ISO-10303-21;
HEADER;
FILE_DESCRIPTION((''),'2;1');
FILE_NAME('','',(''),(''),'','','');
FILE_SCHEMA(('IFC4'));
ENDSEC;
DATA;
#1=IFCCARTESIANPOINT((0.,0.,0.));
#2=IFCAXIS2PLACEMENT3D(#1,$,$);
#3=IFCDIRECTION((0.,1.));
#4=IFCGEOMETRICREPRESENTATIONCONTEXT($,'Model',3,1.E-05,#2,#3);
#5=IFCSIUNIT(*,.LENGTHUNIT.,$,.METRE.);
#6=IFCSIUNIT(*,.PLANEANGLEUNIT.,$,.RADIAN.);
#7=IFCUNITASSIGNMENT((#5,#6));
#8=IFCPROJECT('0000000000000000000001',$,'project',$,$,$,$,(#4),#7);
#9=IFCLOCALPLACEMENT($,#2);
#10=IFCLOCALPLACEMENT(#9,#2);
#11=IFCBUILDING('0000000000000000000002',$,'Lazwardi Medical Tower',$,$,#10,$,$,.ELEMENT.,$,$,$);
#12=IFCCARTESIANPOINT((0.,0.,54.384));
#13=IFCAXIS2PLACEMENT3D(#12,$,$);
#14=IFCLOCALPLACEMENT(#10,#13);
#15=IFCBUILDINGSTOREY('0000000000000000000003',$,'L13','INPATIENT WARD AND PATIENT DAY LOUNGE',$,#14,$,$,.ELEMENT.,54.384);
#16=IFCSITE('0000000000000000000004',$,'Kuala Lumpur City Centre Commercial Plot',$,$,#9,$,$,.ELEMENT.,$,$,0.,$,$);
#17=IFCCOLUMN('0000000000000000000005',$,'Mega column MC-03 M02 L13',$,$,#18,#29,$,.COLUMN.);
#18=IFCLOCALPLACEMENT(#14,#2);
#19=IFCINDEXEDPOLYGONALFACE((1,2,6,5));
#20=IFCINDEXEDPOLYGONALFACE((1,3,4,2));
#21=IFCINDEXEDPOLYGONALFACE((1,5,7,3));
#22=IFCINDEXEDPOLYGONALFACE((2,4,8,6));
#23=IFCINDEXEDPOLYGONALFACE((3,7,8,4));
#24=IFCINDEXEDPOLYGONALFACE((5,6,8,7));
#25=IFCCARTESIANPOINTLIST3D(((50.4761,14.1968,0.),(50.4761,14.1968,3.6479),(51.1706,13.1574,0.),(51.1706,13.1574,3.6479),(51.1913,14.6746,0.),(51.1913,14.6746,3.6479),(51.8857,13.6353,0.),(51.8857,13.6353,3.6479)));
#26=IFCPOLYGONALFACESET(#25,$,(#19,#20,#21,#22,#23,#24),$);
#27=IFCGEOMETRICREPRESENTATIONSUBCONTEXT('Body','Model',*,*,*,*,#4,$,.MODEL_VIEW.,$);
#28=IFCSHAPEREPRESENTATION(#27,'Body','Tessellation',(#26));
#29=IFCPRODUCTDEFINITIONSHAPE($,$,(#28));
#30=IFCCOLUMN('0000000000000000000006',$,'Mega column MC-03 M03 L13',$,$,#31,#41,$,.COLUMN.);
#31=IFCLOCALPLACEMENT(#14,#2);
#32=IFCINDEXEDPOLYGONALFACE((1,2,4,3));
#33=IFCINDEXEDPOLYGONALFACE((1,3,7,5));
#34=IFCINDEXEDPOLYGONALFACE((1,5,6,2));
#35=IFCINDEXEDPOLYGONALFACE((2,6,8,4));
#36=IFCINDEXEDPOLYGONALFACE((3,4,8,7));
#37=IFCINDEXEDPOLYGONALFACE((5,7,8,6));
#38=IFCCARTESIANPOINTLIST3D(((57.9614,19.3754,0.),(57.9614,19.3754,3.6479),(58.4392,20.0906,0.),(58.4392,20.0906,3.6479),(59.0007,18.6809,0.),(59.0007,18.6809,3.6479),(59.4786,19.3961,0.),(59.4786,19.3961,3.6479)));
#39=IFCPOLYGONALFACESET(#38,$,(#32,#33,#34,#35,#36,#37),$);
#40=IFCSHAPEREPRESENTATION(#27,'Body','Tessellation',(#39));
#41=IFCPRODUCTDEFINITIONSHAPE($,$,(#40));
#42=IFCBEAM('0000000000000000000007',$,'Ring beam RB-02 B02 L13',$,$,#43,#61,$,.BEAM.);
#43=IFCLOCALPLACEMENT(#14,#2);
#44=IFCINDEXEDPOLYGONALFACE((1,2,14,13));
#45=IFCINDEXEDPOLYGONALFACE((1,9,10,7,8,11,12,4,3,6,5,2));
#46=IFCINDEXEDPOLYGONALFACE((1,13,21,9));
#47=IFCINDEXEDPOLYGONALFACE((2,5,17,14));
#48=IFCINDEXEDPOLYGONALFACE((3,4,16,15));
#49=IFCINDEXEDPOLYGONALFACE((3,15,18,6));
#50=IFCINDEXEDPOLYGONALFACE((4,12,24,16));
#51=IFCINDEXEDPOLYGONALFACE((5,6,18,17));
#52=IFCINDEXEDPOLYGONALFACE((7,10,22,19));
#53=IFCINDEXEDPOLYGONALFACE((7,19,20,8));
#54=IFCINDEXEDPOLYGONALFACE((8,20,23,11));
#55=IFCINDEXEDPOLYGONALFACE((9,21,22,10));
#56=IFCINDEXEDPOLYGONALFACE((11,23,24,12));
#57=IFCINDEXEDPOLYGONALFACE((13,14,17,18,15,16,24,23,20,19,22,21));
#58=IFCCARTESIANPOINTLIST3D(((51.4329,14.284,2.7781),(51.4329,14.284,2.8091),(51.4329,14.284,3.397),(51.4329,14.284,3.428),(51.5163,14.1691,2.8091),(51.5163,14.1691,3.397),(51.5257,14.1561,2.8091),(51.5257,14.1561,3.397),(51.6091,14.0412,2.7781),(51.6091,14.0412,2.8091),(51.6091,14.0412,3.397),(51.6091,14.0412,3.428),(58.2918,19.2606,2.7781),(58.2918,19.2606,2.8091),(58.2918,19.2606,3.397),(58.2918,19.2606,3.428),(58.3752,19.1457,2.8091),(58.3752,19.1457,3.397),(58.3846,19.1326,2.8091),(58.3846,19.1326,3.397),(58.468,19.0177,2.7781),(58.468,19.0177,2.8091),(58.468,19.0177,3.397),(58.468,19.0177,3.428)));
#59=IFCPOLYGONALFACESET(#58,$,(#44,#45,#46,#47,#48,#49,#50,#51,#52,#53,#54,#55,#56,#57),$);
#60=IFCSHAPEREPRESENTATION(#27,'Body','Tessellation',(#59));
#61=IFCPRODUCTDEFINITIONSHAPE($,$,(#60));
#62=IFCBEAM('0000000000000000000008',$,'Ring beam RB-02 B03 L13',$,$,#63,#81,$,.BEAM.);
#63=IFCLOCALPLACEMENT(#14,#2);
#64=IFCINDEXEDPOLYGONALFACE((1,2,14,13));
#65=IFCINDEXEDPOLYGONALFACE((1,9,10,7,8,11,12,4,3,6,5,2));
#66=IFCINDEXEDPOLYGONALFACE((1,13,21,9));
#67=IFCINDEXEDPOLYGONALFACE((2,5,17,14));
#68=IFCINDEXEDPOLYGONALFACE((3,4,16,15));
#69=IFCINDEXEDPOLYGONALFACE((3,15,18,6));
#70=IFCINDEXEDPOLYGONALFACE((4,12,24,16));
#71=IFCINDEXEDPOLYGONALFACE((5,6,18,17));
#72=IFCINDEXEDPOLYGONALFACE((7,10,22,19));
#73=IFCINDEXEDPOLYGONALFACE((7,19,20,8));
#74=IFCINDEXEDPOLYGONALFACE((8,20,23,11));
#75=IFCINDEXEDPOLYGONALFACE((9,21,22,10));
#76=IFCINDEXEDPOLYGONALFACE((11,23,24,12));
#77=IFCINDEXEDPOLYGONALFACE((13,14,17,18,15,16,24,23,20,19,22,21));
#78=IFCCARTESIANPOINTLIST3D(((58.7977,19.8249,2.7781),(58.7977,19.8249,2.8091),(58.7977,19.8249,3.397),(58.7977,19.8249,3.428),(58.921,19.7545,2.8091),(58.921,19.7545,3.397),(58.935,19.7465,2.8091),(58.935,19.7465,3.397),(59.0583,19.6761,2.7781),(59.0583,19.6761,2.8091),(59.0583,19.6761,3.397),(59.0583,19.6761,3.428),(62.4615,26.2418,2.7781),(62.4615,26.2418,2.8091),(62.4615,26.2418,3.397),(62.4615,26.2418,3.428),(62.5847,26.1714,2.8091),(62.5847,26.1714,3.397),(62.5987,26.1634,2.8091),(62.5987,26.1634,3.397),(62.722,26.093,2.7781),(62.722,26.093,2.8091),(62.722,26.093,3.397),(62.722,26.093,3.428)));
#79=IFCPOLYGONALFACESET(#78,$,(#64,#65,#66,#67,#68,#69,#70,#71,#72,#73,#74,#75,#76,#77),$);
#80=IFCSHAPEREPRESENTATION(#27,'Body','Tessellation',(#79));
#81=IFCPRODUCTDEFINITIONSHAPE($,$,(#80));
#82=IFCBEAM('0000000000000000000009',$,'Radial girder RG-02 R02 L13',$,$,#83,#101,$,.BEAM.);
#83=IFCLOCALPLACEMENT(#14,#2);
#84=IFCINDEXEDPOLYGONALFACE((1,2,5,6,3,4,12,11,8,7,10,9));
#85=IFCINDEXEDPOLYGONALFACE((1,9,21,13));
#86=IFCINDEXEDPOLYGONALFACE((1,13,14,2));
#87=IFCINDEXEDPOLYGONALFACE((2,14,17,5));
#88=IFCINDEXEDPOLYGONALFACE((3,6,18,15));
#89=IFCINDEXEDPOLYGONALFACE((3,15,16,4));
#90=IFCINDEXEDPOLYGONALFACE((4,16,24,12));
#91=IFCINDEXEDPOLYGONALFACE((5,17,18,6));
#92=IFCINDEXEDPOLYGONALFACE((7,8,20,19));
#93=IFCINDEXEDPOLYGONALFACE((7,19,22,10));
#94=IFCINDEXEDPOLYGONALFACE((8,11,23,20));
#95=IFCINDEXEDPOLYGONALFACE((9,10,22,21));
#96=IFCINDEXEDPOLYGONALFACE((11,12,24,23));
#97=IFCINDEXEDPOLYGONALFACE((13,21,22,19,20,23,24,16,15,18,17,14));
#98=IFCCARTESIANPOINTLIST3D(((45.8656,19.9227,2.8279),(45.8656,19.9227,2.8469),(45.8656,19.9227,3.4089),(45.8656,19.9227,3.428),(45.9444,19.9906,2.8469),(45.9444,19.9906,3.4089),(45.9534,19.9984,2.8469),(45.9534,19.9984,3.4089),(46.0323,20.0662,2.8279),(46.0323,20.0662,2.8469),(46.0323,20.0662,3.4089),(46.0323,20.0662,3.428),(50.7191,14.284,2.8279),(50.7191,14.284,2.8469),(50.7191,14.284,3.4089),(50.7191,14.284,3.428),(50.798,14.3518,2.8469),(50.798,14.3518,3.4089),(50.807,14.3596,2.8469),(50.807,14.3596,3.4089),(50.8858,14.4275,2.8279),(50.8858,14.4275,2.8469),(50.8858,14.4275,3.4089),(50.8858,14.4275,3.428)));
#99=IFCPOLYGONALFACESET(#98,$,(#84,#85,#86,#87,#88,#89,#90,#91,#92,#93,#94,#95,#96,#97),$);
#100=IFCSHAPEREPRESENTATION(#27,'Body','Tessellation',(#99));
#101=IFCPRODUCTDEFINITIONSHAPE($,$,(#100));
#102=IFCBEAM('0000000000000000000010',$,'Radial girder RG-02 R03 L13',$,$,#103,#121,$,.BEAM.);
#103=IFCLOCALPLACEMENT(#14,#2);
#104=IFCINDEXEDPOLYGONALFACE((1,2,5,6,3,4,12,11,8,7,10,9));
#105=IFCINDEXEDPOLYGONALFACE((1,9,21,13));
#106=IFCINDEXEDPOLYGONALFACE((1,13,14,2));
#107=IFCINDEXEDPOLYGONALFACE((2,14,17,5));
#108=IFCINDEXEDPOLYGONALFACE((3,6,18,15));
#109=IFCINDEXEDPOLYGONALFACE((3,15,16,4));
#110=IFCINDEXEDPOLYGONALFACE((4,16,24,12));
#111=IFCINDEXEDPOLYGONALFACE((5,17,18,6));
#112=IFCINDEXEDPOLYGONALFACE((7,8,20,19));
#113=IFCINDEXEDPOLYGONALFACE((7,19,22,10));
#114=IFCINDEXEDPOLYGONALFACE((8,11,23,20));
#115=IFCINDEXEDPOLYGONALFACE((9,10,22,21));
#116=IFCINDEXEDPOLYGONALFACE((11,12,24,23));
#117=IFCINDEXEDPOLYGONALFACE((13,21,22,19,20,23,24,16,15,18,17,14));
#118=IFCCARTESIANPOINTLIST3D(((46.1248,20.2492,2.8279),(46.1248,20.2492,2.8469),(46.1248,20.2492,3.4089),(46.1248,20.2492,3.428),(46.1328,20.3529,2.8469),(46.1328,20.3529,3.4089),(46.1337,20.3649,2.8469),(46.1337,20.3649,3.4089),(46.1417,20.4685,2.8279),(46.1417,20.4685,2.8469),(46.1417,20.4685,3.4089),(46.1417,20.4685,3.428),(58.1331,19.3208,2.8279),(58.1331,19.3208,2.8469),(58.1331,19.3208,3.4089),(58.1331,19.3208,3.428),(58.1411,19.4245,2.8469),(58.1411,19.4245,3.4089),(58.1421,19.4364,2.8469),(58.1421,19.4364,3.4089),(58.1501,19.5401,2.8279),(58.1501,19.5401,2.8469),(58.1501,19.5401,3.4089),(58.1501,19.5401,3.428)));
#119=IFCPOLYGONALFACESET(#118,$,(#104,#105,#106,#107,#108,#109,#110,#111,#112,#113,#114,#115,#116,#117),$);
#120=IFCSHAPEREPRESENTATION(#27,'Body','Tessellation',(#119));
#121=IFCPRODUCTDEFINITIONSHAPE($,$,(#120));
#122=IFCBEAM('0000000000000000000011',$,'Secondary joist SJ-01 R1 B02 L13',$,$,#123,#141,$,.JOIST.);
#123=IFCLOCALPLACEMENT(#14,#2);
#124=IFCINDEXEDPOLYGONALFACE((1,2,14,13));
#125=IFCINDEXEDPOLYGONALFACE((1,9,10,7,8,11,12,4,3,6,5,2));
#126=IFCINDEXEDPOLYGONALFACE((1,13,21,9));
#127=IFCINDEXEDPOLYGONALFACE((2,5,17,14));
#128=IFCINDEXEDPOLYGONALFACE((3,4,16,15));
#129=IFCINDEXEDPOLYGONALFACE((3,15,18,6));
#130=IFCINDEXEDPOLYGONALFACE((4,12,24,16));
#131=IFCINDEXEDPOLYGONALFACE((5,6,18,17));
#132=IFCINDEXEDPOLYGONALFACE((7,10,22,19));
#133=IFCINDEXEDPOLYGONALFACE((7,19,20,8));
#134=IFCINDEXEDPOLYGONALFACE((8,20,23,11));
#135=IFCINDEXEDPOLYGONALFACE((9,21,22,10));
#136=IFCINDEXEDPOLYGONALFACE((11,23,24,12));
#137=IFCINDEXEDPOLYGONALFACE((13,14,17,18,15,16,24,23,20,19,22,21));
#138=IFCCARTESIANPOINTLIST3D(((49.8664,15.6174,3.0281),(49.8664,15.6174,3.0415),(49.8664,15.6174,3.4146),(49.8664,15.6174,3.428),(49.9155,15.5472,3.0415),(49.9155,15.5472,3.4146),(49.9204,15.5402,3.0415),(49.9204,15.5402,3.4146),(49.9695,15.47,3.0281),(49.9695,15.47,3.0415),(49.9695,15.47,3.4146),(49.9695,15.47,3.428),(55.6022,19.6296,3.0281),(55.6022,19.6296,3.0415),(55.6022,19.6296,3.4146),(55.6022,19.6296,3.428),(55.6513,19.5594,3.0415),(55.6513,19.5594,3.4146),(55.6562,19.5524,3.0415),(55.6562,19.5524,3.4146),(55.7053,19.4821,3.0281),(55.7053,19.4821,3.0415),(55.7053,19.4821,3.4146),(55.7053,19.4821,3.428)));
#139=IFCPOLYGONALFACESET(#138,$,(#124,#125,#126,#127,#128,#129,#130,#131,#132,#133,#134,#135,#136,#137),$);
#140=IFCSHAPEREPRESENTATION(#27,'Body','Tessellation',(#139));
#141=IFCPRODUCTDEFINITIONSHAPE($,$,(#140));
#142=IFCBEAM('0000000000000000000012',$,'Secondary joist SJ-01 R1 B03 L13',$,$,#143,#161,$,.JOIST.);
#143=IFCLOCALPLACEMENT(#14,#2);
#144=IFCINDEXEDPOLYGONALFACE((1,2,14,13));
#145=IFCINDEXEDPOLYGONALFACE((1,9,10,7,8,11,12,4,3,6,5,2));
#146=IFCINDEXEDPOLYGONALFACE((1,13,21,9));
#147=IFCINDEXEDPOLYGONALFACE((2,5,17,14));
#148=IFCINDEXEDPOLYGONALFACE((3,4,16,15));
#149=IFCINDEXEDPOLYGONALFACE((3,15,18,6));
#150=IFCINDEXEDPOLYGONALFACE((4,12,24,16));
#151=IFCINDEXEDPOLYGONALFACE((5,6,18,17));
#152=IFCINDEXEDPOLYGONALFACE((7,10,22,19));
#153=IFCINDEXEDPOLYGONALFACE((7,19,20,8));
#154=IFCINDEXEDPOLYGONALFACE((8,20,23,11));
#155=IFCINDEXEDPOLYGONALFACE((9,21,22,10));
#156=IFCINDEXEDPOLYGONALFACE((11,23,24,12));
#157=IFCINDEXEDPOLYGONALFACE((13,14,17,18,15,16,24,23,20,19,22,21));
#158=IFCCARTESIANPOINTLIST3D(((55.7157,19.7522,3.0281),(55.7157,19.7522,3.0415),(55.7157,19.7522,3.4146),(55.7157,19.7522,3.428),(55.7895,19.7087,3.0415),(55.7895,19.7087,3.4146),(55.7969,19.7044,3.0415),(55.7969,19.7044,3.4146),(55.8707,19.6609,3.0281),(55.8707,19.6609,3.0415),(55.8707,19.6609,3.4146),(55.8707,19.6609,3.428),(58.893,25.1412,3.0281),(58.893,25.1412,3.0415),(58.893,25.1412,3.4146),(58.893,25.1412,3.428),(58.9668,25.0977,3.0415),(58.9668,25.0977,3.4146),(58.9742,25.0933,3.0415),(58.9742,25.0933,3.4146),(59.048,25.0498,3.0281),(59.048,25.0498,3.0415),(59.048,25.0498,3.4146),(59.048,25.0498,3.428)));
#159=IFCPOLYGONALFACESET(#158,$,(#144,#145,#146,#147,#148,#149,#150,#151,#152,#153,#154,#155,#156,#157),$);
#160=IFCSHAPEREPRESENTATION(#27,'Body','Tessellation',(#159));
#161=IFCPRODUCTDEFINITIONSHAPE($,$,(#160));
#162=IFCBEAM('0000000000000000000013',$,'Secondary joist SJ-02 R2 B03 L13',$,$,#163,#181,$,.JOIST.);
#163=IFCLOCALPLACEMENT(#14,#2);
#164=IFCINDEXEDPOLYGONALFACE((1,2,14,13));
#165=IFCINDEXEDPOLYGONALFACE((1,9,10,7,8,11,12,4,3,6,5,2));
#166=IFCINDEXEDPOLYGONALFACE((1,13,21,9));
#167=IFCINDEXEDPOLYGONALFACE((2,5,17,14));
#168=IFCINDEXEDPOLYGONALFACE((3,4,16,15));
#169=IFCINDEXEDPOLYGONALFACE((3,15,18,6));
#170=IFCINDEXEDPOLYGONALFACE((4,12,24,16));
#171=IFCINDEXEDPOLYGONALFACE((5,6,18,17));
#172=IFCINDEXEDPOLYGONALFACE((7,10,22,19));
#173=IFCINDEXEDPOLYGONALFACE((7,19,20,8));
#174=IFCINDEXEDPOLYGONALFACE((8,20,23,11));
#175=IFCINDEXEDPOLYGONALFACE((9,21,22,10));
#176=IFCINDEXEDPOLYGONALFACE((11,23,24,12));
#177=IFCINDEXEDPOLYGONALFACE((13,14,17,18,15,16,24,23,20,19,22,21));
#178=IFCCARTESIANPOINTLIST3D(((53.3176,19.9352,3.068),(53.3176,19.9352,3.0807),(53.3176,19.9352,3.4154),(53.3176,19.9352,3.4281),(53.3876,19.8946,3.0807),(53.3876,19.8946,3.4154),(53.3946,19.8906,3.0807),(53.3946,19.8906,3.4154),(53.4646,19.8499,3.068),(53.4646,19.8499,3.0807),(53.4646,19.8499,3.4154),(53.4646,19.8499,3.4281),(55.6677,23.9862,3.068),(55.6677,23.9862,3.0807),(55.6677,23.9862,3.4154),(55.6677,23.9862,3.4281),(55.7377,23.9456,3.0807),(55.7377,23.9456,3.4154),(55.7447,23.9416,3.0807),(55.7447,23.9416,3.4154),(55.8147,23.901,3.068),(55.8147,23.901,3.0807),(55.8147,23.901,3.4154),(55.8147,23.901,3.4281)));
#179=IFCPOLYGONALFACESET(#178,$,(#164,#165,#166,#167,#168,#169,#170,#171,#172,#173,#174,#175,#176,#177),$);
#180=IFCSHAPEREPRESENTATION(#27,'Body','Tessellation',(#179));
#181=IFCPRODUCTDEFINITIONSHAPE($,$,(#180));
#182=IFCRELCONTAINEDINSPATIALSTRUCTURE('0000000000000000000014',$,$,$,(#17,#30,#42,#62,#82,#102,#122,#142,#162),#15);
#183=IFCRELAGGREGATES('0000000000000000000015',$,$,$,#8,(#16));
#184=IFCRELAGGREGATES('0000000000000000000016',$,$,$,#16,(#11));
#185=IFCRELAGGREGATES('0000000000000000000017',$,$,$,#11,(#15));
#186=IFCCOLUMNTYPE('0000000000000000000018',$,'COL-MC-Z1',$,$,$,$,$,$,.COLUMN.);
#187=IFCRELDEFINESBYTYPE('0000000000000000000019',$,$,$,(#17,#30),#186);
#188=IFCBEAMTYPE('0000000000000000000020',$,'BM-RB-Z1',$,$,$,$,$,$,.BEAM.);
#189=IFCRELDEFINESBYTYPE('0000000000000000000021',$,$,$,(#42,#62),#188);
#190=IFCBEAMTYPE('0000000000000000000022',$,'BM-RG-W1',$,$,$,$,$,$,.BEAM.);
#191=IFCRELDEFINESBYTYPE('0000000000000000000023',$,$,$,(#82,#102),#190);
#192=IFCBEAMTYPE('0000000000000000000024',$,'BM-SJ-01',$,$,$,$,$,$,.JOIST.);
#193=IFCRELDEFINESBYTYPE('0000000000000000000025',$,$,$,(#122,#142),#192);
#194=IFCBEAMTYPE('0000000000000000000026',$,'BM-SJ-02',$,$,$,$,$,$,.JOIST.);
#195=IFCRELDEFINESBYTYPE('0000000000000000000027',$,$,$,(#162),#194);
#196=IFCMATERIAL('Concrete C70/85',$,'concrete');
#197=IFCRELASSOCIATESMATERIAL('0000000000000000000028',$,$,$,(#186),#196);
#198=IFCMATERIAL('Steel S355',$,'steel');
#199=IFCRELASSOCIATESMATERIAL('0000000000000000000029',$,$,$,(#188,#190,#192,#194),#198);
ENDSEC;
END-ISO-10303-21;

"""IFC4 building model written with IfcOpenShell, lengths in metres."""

from ifc_helpers import new_model, si_unit, direction, frame, origin, origin_2d, place, context, subcontext, project, spatial, rectangle, i_section, extrude, material, material_profile, profile_set, type_object, element, save


model = new_model("IFC4")

# Units and contexts
model_context = context("Model", 3, precision=1e-05, world=origin(), true_north=direction((0.0, 1.0)))
body_context = subcontext(model_context, "Body", "Model", "MODEL_VIEW")
ifc_project = project(units=[si_unit("LENGTHUNIT", "METRE"), si_unit("PLANEANGLEUNIT", "RADIAN")], contexts=[model_context])

# Site, building, storey
site_placement = place(None, origin())
site = spatial("IfcSite", under=ifc_project, at=site_placement, Name="Kuala Lumpur City Centre Commercial Plot", CompositionType="ELEMENT", RefElevation=0.0)
building_placement = place(site_placement, origin())
building = spatial("IfcBuilding", under=site, at=building_placement, Name="Lazwardi Medical Tower", CompositionType="ELEMENT")
storey_placement = place(building_placement, frame((0.0, 0.0, 54.384)))
storey = spatial("IfcBuildingStorey", under=building, at=storey_placement, Name="L13", Description="INPATIENT WARD AND PATIENT DAY LOUNGE", CompositionType="ELEMENT", Elevation=54.384)

# Columns
ifc_material_1 = material(Name="Concrete C70/85", Category="concrete")
ifc_material_profile_1 = material_profile(ifc_material_1, rectangle(XDim=1.25, YDim=0.8601, at=origin_2d()), Name="CFT-RECT 1250x860")
ifc_profile_set_1 = profile_set([ifc_material_profile_1], Name="Concrete C70/85")
column_type = type_object("IfcColumnType", Name="COL-MC-Z1", PredefinedType="COLUMN", material=ifc_profile_set_1)
for number, where, z_axis, x_axis, name in (
    (1, (51.1809, 13.916, 0.0), (0.0, 0.0, 1.0), (0.55557, -0.83147, 0.0), "Mega column MC-03 M02 L13"),
    (2, (58.72, 19.3857, 0.0), (0.0, 0.0, 1.0), (0.83147, -0.55557, 0.0), "Mega column MC-03 M03 L13"),
):
    element("IfcColumn", number, at=place(storey_placement, frame(where, z_axis=z_axis, x_axis=x_axis)), inside=storey, type_object=column_type, Name=name, PredefinedType="COLUMN", context=body_context, shape_type="SweptSolid", body=[
        extrude(rectangle(XDim=1.25, YDim=0.8601, at=origin_2d()), origin(), (0.0, 0.0, 1.0), 3.6479),
    ])

# Beams
ifc_material_2 = material(Name="Steel S355", Category="steel")
ifc_material_profile_2 = material_profile(ifc_material_2, i_section(OverallWidth=0.3, OverallDepth=0.6499, WebThickness=0.0161, FlangeThickness=0.031, at=origin_2d()), Name="HEB 650")
ifc_profile_set_2 = profile_set([ifc_material_profile_2], Name="Steel S355")
beam_type_1 = type_object("IfcBeamType", Name="BM-RB-Z1", PredefinedType="BEAM", material=ifc_profile_set_2)
beam_1_placement = place(storey_placement, frame((51.521, 14.1626, 3.103), z_axis=(0.809393, 0.587267, 0.0), x_axis=(-0.587267, 0.809393, 0.0)))
element("IfcBeam", 3, at=beam_1_placement, inside=storey, type_object=beam_type_1, Name="Ring beam RB-02 B02 L13", PredefinedType="BEAM", context=body_context, shape_type="SweptSolid", body=[
    extrude(i_section(OverallWidth=0.3, OverallDepth=0.6499, WebThickness=0.0161, FlangeThickness=0.031, at=origin_2d()), origin(), (0.0, 0.0, 1.0), 8.4741),
])
beam_2_placement = place(storey_placement, frame((58.928, 19.7505, 3.103), z_axis=(0.495829, 0.86842, 0.0), x_axis=(-0.86842, 0.495829, 0.0)))
element("IfcBeam", 4, at=beam_2_placement, inside=storey, type_object=beam_type_1, Name="Ring beam RB-02 B03 L13", PredefinedType="BEAM", context=body_context, shape_type="SweptSolid", body=[
    extrude(i_section(OverallWidth=0.3, OverallDepth=0.6499, WebThickness=0.0161, FlangeThickness=0.031, at=origin_2d()), origin(), (0.0, 0.0, 1.0), 7.3892),
])
ifc_material_profile_3 = material_profile(ifc_material_2, i_section(OverallWidth=0.22, OverallDepth=0.6001, WebThickness=0.012, FlangeThickness=0.019, at=origin_2d()), Name="IPE 600")
ifc_profile_set_3 = profile_set([ifc_material_profile_3], Name="Steel S355")
beam_type_2 = type_object("IfcBeamType", Name="BM-RG-W1", PredefinedType="BEAM", material=ifc_profile_set_3)
beam_3_placement = place(storey_placement, frame((50.8025, 14.3557, 3.1279), z_axis=(-0.652368, 0.757902, 0.0), x_axis=(-0.757902, -0.652368, 0.0)))
element("IfcBeam", 5, at=beam_3_placement, inside=storey, type_object=beam_type_2, Name="Radial girder RG-02 R02 L13", PredefinedType="BEAM", context=body_context, shape_type="SweptSolid", body=[
    extrude(i_section(OverallWidth=0.22, OverallDepth=0.6001, WebThickness=0.012, FlangeThickness=0.019, at=origin_2d()), origin(), (0.0, 0.0, 1.0), 7.4399),
])
beam_4_placement = place(storey_placement, frame((58.1416, 19.4304, 3.1279), z_axis=(-0.997024, 0.077089, 0.0), x_axis=(-0.077089, -0.997024, 0.0)))
element("IfcBeam", 6, at=beam_4_placement, inside=storey, type_object=beam_type_2, Name="Radial girder RG-02 R03 L13", PredefinedType="BEAM", context=body_context, shape_type="SweptSolid", body=[
    extrude(i_section(OverallWidth=0.22, OverallDepth=0.6001, WebThickness=0.012, FlangeThickness=0.019, at=origin_2d()), origin(), (0.0, 0.0, 1.0), 12.0442),
])
ifc_material_profile_4 = material_profile(ifc_material_2, i_section(OverallWidth=0.1799, OverallDepth=0.3999, WebThickness=0.0085, FlangeThickness=0.0134, at=origin_2d()), Name="IPE 400")
ifc_profile_set_4 = profile_set([ifc_material_profile_4], Name="Steel S355")
beam_type_3 = type_object("IfcBeamType", Name="BM-SJ-01", PredefinedType="JOIST", material=ifc_profile_set_4)
beam_5_placement = place(storey_placement, frame((49.918, 15.5437, 3.228), z_axis=(0.819425, 0.573186, 0.0), x_axis=(-0.573186, 0.819425, 0.0)))
element("IfcBeam", 7, at=beam_5_placement, inside=storey, type_object=beam_type_3, Name="Secondary joist SJ-01 R1 B02 L13", PredefinedType="JOIST", context=body_context, shape_type="SweptSolid", body=[
    extrude(i_section(OverallWidth=0.1799, OverallDepth=0.3999, WebThickness=0.0085, FlangeThickness=0.0134, at=origin_2d()), origin(), (0.0, 0.0, 1.0), 6.9998),
])
beam_6_placement = place(storey_placement, frame((55.7932, 19.7065, 3.228), z_axis=(0.507886, 0.861424, 0.0), x_axis=(-0.861424, 0.507886, 0.0)))
element("IfcBeam", 8, at=beam_6_placement, inside=storey, type_object=beam_type_3, Name="Secondary joist SJ-01 R1 B03 L13", PredefinedType="JOIST", context=body_context, shape_type="SweptSolid", body=[
    extrude(i_section(OverallWidth=0.1799, OverallDepth=0.3999, WebThickness=0.0085, FlangeThickness=0.0134, at=origin_2d()), origin(), (0.0, 0.0, 1.0), 6.2559),
])
ifc_material_profile_5 = material_profile(ifc_material_2, i_section(OverallWidth=0.1699, OverallDepth=0.3601, WebThickness=0.0081, FlangeThickness=0.0127, at=origin_2d()), Name="IPE 360")
ifc_profile_set_5 = profile_set([ifc_material_profile_5], Name="Steel S355")
beam_type_4 = type_object("IfcBeamType", Name="BM-SJ-02", PredefinedType="JOIST", material=ifc_profile_set_5)
beam_7_placement = place(storey_placement, frame((53.3911, 19.8926, 3.248), z_axis=(0.501798, 0.864985, 0.0), x_axis=(-0.864985, 0.501798, 0.0)))
element("IfcBeam", 9, at=beam_7_placement, inside=storey, type_object=beam_type_4, Name="Secondary joist SJ-02 R2 B03 L13", PredefinedType="JOIST", context=body_context, shape_type="SweptSolid", body=[
    extrude(i_section(OverallWidth=0.1699, OverallDepth=0.3601, WebThickness=0.0081, FlangeThickness=0.0127, at=origin_2d()), origin(), (0.0, 0.0, 1.0), 4.6833),
])

save(model, "model.ifc")
